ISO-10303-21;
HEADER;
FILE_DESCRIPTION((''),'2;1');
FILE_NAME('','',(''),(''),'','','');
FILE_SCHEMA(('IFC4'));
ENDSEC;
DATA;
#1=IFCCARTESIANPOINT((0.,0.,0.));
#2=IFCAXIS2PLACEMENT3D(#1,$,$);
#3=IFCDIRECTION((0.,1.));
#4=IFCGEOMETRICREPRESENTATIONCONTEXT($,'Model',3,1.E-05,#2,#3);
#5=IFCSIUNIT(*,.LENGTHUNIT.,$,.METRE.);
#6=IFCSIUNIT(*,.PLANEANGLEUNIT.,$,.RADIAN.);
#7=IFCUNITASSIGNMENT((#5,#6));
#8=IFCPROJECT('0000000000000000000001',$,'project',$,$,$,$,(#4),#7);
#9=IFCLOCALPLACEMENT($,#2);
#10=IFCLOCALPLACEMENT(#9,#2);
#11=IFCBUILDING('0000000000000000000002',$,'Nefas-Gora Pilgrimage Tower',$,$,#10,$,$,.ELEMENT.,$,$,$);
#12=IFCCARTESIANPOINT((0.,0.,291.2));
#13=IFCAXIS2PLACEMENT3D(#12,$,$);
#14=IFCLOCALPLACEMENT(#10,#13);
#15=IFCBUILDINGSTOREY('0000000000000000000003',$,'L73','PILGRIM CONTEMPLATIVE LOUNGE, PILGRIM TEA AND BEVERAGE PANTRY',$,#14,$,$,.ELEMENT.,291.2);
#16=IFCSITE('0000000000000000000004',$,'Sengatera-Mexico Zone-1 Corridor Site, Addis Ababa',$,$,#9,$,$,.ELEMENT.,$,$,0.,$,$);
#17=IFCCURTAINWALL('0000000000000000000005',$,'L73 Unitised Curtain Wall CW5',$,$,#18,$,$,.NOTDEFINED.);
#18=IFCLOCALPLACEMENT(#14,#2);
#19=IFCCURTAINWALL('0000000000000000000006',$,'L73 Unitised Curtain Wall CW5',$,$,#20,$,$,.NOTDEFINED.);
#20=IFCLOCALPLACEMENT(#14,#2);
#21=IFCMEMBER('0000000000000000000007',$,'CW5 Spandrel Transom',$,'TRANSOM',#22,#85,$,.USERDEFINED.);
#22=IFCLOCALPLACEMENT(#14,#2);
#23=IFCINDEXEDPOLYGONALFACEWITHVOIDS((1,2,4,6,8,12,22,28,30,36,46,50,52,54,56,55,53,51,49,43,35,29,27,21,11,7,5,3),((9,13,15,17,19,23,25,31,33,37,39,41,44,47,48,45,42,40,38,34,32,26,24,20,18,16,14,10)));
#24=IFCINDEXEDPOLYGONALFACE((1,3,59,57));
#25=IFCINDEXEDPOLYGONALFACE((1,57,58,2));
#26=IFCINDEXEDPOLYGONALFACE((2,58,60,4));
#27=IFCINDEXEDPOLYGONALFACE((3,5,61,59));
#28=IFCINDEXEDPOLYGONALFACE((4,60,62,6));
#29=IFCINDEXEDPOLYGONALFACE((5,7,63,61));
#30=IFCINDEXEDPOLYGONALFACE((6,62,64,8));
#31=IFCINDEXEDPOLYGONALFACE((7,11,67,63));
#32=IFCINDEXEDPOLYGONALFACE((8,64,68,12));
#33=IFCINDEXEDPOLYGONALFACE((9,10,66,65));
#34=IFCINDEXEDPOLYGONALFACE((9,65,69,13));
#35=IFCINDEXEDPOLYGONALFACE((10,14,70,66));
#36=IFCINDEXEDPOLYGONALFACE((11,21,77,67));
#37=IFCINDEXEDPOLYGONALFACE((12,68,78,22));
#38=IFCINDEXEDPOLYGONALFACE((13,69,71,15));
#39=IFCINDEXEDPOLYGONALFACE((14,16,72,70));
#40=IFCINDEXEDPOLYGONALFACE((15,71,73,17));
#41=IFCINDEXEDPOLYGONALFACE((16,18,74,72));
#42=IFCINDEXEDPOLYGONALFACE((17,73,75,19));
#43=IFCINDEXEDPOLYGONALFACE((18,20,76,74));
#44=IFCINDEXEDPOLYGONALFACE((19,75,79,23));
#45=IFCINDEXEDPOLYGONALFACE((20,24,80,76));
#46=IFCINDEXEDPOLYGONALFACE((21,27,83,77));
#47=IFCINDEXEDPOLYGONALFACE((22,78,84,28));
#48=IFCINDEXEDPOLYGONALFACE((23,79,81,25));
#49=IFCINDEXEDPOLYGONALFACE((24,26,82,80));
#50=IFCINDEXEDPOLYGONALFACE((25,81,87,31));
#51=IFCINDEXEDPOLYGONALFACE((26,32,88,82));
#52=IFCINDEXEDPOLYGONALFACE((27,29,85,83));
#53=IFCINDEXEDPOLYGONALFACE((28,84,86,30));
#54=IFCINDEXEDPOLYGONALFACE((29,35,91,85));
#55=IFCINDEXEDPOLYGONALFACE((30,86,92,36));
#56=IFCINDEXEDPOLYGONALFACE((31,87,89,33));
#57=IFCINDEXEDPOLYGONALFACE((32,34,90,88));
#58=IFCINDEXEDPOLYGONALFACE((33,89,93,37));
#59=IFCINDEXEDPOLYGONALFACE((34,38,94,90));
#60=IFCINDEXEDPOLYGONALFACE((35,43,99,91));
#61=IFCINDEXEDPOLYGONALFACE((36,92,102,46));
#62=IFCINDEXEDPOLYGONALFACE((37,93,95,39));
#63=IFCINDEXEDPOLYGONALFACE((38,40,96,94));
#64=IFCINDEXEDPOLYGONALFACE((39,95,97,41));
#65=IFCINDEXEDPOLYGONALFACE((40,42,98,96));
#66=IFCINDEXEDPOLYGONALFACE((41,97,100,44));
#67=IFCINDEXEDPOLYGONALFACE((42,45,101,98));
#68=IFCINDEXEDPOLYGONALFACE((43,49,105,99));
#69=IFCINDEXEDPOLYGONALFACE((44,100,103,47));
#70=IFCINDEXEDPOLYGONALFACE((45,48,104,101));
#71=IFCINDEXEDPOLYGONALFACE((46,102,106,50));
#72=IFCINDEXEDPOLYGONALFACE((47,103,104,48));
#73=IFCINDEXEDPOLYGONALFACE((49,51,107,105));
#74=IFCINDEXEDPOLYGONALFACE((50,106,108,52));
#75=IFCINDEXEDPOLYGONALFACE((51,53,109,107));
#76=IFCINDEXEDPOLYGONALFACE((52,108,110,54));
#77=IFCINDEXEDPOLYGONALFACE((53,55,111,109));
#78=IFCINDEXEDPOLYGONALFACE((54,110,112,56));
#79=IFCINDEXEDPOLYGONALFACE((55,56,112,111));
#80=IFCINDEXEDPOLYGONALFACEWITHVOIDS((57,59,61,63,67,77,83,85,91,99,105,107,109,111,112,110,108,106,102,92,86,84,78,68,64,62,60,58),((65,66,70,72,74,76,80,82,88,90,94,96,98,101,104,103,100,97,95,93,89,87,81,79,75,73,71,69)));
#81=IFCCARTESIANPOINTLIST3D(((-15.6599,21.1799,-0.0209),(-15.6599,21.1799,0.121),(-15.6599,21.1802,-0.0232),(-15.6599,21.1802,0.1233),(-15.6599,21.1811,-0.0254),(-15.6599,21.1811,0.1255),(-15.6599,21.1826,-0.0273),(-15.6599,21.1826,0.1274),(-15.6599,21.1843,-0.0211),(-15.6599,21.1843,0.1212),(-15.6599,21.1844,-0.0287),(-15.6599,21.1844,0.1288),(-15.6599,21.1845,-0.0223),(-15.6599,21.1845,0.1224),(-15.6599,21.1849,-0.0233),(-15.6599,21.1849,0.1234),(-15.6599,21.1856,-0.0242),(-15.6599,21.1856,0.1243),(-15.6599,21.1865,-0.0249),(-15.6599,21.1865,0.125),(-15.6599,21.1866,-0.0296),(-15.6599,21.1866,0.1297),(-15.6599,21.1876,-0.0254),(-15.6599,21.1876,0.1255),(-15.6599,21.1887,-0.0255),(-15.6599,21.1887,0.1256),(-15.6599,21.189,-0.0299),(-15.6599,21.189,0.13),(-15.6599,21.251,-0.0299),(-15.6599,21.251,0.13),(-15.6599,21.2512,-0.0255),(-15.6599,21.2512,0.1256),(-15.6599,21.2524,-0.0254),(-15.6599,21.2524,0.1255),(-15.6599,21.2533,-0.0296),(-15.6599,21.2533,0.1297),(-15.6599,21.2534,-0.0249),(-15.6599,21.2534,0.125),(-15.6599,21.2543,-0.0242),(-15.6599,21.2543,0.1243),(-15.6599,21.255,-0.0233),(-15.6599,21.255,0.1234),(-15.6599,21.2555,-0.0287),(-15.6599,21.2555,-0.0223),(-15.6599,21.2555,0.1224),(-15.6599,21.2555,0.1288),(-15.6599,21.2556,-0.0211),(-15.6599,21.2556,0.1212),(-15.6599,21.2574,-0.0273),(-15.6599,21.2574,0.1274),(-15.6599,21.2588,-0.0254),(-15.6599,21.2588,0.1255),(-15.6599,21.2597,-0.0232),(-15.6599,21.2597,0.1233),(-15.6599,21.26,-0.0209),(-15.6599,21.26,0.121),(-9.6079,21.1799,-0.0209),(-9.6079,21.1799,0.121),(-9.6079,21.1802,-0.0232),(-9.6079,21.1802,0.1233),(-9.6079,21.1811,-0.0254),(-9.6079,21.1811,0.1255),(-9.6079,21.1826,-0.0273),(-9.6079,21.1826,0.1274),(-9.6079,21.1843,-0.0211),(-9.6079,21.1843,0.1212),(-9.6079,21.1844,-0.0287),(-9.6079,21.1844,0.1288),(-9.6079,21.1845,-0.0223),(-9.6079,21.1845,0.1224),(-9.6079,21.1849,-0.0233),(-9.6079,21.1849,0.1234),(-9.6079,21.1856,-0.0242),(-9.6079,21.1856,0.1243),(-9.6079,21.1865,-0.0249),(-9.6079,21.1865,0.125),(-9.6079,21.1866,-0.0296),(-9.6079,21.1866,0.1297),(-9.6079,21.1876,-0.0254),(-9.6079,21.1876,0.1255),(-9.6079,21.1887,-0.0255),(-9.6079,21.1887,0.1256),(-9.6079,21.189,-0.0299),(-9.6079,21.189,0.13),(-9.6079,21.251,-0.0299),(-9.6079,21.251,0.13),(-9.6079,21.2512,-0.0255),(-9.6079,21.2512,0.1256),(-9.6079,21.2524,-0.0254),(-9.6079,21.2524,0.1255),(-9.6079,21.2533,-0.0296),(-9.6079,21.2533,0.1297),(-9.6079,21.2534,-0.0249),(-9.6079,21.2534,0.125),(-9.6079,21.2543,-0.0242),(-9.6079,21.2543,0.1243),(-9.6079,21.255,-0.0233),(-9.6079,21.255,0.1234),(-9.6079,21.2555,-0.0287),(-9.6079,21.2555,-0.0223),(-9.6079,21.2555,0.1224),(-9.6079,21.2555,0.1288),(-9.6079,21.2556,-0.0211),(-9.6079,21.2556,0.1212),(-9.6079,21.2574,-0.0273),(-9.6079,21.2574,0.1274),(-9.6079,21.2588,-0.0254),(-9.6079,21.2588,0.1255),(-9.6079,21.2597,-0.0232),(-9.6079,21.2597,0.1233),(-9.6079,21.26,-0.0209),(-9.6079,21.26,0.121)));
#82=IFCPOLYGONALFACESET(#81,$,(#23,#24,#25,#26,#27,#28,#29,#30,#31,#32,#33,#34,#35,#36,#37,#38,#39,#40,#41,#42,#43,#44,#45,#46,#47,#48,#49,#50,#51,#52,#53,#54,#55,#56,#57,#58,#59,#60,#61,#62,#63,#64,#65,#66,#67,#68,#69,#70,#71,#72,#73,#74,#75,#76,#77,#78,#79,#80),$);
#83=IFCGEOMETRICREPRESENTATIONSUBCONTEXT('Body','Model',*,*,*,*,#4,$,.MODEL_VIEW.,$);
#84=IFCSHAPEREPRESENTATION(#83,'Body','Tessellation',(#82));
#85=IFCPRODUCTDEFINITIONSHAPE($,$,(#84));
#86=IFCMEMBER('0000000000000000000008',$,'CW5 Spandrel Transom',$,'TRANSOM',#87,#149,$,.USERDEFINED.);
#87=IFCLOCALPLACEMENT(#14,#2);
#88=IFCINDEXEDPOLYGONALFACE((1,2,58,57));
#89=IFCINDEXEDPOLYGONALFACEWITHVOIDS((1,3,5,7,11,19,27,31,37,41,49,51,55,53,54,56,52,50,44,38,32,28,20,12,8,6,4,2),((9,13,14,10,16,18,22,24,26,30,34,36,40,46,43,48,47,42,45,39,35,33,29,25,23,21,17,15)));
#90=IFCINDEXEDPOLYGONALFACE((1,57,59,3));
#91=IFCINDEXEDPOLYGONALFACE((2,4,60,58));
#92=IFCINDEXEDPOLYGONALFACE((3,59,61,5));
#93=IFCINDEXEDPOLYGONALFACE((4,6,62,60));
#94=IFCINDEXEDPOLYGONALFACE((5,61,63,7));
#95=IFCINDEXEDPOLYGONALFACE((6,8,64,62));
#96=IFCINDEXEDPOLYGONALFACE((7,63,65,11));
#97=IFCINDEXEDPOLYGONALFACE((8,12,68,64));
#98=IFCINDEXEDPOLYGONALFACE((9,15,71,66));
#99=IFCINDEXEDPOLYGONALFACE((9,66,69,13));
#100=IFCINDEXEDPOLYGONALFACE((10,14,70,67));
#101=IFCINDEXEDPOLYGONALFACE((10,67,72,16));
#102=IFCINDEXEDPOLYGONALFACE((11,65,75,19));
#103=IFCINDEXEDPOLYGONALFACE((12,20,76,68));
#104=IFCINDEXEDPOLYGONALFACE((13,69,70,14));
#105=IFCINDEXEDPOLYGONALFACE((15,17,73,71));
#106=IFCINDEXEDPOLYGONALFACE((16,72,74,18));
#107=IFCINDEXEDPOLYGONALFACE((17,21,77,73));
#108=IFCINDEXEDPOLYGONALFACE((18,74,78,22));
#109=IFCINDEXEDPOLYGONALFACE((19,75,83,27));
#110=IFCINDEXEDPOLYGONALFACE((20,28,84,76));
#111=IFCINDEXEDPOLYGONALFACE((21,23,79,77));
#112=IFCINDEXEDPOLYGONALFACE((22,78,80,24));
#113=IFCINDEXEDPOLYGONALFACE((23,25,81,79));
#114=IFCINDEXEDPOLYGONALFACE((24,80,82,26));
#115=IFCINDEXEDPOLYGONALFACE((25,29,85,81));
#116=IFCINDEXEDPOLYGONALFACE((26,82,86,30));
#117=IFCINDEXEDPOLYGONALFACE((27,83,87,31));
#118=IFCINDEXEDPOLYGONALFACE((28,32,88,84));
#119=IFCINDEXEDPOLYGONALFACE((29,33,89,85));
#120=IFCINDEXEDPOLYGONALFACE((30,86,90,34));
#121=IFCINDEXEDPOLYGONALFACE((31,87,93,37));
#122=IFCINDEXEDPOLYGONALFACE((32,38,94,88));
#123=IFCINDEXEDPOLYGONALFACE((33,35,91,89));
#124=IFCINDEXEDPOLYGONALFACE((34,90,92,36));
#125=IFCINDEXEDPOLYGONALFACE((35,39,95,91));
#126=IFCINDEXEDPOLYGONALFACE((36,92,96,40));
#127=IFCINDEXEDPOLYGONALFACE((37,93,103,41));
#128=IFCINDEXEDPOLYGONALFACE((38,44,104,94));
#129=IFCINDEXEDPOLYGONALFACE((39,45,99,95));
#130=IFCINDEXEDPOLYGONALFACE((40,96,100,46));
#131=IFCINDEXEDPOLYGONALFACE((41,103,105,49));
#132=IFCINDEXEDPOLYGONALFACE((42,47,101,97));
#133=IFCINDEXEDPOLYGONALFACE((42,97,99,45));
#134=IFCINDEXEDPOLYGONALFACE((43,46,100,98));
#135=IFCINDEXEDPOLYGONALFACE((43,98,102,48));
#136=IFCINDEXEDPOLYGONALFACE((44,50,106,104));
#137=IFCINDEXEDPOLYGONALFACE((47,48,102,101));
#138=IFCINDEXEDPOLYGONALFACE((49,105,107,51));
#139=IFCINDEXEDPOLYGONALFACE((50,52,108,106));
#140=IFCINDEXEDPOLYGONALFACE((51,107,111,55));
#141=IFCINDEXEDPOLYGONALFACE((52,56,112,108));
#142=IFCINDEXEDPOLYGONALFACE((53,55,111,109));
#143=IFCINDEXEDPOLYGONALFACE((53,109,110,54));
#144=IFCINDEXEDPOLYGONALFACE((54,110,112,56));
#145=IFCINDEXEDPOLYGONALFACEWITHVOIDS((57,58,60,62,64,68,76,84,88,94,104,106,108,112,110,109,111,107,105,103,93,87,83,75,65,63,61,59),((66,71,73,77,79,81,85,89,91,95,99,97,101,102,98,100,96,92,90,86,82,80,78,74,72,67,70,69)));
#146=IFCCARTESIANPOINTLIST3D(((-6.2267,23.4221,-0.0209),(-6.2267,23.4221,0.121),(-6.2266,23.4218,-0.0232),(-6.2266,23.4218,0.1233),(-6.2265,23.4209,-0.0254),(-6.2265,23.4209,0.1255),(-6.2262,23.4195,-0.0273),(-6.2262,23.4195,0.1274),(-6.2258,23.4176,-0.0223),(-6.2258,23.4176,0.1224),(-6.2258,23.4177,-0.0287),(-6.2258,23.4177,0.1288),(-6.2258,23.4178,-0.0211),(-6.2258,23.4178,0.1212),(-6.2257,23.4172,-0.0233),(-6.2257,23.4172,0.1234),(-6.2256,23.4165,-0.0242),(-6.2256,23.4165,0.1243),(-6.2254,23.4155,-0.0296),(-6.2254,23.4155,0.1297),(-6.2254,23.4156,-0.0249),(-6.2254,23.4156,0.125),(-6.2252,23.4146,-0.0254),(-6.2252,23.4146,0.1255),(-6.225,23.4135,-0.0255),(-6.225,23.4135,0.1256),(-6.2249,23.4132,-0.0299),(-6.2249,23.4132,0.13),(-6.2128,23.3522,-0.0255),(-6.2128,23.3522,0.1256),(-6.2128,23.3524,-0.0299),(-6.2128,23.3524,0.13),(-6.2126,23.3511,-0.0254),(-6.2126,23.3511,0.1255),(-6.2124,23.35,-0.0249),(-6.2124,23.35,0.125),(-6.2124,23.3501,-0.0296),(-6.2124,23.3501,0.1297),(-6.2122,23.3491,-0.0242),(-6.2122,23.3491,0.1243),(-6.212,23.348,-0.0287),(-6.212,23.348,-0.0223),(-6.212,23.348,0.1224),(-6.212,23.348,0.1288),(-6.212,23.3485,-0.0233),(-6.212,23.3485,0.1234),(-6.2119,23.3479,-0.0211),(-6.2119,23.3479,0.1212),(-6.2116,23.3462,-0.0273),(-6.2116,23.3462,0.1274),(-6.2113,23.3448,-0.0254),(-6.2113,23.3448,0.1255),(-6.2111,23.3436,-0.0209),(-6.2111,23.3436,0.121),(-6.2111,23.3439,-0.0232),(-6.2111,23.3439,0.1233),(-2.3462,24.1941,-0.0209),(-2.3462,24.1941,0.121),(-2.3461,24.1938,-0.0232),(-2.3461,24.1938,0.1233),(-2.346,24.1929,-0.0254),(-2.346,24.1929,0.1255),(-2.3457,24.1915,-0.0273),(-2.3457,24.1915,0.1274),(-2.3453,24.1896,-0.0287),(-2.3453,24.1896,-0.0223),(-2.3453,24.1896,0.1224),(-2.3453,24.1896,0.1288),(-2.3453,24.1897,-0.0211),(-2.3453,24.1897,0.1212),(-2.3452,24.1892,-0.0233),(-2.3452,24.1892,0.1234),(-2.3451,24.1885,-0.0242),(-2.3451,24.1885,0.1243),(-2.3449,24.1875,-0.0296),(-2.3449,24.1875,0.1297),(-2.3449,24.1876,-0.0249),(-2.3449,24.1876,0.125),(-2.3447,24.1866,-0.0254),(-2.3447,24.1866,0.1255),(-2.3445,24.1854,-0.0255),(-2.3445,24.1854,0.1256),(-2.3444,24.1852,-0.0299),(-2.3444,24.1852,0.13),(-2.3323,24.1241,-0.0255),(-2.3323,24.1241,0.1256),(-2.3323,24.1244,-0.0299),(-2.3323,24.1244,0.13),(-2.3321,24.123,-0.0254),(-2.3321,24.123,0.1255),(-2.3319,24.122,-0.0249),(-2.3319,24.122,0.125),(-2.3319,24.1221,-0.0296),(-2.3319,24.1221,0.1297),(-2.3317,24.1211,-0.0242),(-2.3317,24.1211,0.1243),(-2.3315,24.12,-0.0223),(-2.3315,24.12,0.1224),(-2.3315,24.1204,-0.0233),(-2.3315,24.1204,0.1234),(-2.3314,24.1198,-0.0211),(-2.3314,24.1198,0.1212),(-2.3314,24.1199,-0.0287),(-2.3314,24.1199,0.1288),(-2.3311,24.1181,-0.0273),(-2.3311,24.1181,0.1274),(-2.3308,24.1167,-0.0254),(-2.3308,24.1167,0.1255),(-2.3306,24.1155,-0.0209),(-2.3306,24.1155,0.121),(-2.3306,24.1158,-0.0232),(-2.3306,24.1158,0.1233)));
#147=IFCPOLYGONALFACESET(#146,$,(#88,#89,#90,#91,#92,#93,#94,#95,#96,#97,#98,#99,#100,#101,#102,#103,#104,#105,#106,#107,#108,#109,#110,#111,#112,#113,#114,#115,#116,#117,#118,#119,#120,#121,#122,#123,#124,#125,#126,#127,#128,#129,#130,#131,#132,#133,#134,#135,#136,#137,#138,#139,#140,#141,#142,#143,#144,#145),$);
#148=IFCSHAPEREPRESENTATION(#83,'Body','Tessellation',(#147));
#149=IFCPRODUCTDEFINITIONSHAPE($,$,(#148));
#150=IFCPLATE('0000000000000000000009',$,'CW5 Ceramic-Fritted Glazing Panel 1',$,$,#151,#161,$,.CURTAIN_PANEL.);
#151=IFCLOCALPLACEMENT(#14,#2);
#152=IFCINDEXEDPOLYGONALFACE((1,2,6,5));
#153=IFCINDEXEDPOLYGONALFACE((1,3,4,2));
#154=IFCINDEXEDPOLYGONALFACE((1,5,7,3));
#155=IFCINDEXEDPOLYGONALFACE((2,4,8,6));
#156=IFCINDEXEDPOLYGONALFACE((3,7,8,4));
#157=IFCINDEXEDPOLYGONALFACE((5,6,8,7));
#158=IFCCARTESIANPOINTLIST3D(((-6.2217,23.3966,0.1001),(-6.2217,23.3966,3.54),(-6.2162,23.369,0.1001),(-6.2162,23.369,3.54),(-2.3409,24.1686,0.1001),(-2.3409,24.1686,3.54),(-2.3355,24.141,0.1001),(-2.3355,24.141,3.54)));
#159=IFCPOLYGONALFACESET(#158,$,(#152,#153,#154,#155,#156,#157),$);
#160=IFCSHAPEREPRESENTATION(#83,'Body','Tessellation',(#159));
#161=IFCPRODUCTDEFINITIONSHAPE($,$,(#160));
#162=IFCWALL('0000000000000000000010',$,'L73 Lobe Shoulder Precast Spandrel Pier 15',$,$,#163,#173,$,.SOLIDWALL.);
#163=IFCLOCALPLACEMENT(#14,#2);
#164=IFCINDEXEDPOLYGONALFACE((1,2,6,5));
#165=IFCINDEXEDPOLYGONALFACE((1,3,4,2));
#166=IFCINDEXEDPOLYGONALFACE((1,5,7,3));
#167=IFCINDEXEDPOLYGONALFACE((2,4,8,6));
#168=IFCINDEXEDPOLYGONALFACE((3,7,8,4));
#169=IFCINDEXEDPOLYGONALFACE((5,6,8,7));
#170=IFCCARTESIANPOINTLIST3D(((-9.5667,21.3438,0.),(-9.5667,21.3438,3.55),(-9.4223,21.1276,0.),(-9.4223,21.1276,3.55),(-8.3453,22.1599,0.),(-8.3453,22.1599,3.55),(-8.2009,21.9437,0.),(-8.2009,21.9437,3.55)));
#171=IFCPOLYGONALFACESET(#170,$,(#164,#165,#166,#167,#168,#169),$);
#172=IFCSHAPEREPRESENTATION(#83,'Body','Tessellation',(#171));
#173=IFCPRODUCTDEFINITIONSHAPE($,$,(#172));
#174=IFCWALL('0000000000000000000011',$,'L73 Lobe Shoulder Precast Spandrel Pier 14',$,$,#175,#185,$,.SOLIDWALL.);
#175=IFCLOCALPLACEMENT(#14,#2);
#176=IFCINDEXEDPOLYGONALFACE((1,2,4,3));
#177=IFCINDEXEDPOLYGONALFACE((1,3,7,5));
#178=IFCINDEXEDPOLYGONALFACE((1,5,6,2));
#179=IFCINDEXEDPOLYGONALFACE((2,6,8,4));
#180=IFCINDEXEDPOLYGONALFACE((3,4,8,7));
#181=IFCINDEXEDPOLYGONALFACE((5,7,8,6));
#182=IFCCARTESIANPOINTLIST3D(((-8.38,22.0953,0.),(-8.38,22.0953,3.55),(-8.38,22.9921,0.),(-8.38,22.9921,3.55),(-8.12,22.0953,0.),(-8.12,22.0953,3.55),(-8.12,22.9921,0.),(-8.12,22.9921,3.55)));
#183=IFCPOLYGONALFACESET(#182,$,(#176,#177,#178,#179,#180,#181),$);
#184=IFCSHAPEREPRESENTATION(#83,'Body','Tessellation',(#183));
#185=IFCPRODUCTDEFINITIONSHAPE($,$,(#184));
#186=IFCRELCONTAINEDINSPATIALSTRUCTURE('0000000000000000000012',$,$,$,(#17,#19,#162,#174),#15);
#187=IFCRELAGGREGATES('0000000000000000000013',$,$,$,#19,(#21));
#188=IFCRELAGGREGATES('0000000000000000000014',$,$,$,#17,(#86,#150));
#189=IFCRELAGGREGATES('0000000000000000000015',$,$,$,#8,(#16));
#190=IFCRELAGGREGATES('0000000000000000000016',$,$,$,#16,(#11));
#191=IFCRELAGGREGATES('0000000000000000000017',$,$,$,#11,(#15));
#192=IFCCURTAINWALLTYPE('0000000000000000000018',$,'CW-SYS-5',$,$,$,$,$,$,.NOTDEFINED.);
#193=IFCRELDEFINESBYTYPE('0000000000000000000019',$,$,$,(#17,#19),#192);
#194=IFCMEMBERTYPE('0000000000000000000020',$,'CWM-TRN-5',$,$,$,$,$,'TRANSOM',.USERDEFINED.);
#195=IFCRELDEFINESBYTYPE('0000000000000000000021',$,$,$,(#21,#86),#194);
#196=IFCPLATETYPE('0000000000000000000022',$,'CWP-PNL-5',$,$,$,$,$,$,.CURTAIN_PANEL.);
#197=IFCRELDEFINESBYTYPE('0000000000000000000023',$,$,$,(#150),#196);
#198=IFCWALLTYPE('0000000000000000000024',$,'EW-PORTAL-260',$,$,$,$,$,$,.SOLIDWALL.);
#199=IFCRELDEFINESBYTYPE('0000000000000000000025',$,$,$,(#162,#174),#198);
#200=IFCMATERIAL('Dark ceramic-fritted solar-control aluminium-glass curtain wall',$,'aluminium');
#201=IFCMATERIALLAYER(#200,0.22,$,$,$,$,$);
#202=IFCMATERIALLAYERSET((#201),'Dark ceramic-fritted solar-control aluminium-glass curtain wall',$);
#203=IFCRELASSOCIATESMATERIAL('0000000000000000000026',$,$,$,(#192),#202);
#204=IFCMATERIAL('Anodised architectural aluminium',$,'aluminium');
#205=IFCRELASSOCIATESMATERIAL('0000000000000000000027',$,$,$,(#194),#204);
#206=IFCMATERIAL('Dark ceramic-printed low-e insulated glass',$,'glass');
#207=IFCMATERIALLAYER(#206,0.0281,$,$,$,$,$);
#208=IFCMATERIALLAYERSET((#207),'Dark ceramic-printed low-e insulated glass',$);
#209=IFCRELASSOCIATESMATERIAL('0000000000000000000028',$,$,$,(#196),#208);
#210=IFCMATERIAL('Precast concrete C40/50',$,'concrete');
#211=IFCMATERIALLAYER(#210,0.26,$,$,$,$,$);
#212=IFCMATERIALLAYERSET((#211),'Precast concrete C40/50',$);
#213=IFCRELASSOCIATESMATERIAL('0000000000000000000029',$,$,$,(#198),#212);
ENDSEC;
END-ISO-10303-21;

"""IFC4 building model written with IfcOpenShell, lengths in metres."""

from ifc_helpers import new_model, si_unit, direction, frame, frame_2d, origin, origin_2d, place, context, subcontext, project, spatial, rectangle, hollow_rectangle, extrude, source, transform, mapped, material, layer, layer_set, material_profile, profile_set, type_object, element, aggregate, save


model = new_model("IFC4")

# Units and contexts
model_context = context("Model", 3, precision=1e-05, world=origin(), true_north=direction((0.0, 1.0)))
body_context = subcontext(model_context, "Body", "Model", "MODEL_VIEW")
ifc_project = project(units=[si_unit("LENGTHUNIT", "METRE"), si_unit("PLANEANGLEUNIT", "RADIAN")], contexts=[model_context])

# Site, building, storey
site_placement = place(None, origin())
site = spatial("IfcSite", under=ifc_project, at=site_placement, Name="Sengatera-Mexico Zone-1 Corridor Site, Addis Ababa", CompositionType="ELEMENT", RefElevation=0.0)
building_placement = place(site_placement, origin())
building = spatial("IfcBuilding", under=site, at=building_placement, Name="Nefas-Gora Pilgrimage Tower", CompositionType="ELEMENT")
storey_placement = place(building_placement, frame((0.0, 0.0, 291.2)))
storey = spatial("IfcBuildingStorey", under=building, at=storey_placement, Name="L73", Description="PILGRIM CONTEMPLATIVE LOUNGE, PILGRIM TEA AND BEVERAGE PANTRY", CompositionType="ELEMENT", Elevation=291.2)

# Curtain wall
ifc_material_1 = material(Name="Dark ceramic-fritted solar-control aluminium-glass curtain wall", Category="aluminium")
ifc_layer_1 = layer(ifc_material_1, 0.22)
ifc_layer_set_1 = layer_set([ifc_layer_1], Name="Dark ceramic-fritted solar-control aluminium-glass curtain wall")
curtain_wall_type = type_object("IfcCurtainWallType", Name="CW-SYS-5", PredefinedType="NOTDEFINED", material=ifc_layer_set_1)
curtain_wall_1_placement = place(storey_placement, origin())
curtain_wall_1 = element("IfcCurtainWall", 1, at=curtain_wall_1_placement, inside=storey, type_object=curtain_wall_type, Name="L73 Unitised Curtain Wall CW5", PredefinedType="NOTDEFINED")
ifc_material_2 = material(Name="Anodised architectural aluminium", Category="aluminium")

# Curtain wall, member
curtain_wall_2_placement = place(storey_placement, origin())
curtain_wall_2 = element("IfcCurtainWall", 2, at=curtain_wall_2_placement, inside=storey, type_object=curtain_wall_type, Name="L73 Unitised Curtain Wall CW5", PredefinedType="NOTDEFINED")
ifc_material_profile_1 = material_profile(ifc_material_2, hollow_rectangle(XDim=0.0801, YDim=0.1599, WallThickness=0.0044, InnerFilletRadius=0.0044, OuterFilletRadius=0.009, at=origin_2d()), Name="ALU TRANSOM 80x160")
ifc_profile_set_1 = profile_set([ifc_material_profile_1], Name="Anodised architectural aluminium")
member_type_1 = type_object("IfcMemberType", Name="CWM-TRN-5", ElementType="TRANSOM", PredefinedType="USERDEFINED", material=ifc_profile_set_1)
shared_shape_1 = source(origin(), body_context, "Body", "SweptSolid", [
    extrude(hollow_rectangle(XDim=0.0801, YDim=0.1599, WallThickness=0.0044, InnerFilletRadius=0.0044, OuterFilletRadius=0.009, at=origin_2d()), origin(), (0.0, 0.0, 1.0), 6.052),
])
member_1_placement = place(storey_placement, frame((-9.6079, 21.22, 0.05), z_axis=(-1.0, 0.0, 0.0), x_axis=(0.0, -1.0, 0.0)))
member_1 = element("IfcMember", 3, at=member_1_placement, type_object=member_type_1, Name="CW5 Spandrel Transom", ObjectType="TRANSOM", PredefinedType="USERDEFINED", context=body_context, shape_type="MappedRepresentation", body=[
    mapped(shared_shape_1, transform((0.0, 0.0, 0.0), x_axis=(1.0, 0.0, 0.0), y_axis=(0.0, 1.0, 0.0), z_axis=(0.0, 0.0, 1.0), scale=1.0)),
])
aggregate(curtain_wall_2, [member_1])

# Member
shared_shape_2 = source(origin(), body_context, "Body", "SweptSolid", [
    extrude(hollow_rectangle(XDim=0.0801, YDim=0.1599, WallThickness=0.0044, InnerFilletRadius=0.0044, OuterFilletRadius=0.009, at=origin_2d()), origin(), (0.0, 0.0, 1.0), 3.9565),
])
member_2_placement = place(storey_placement, frame((-2.3384, 24.1548, 0.05), z_axis=(-0.980782, -0.195107, 0.0), x_axis=(0.195107, -0.980782, 0.0)))
member_2 = element("IfcMember", 4, at=member_2_placement, type_object=member_type_1, Name="CW5 Spandrel Transom", ObjectType="TRANSOM", PredefinedType="USERDEFINED", context=body_context, shape_type="MappedRepresentation", body=[
    mapped(shared_shape_2, transform((0.0, 0.0, 0.0), x_axis=(1.0, 0.0, 0.0), y_axis=(0.0, 1.0, 0.0), z_axis=(0.0, 0.0, 1.0), scale=1.0)),
])

# Plate
ifc_material_3 = material(Name="Dark ceramic-printed low-e insulated glass", Category="glass")
ifc_layer_2 = layer(ifc_material_3, 0.0281)
ifc_layer_set_2 = layer_set([ifc_layer_2], Name="Dark ceramic-printed low-e insulated glass")
plate_type = type_object("IfcPlateType", Name="CWP-PNL-5", PredefinedType="CURTAIN_PANEL", material=ifc_layer_set_2)
shared_shape_3 = source(origin(), body_context, "Body", "SweptSolid", [
    extrude(rectangle(XDim=3.9568, YDim=0.0281, at=origin_2d()), origin(), (0.0, 0.0, 1.0), 3.4399),
])
plate_placement = place(storey_placement, frame((-4.2786, 23.7688, 0.1001), z_axis=(0.0, 0.0, 1.0), x_axis=(-0.980783, -0.195102, 0.0)))
plate = element("IfcPlate", 5, at=plate_placement, type_object=plate_type, Name="CW5 Ceramic-Fritted Glazing Panel 1", PredefinedType="CURTAIN_PANEL", context=body_context, shape_type="MappedRepresentation", body=[
    mapped(shared_shape_3, transform((0.0, 0.0, 0.0), x_axis=(1.0, 0.0, 0.0), y_axis=(0.0, 1.0, 0.0), z_axis=(0.0, 0.0, 1.0), scale=1.0)),
])
aggregate(curtain_wall_1, [member_2, plate])

# Walls
ifc_material_4 = material(Name="Precast concrete C40/50", Category="concrete")
ifc_layer_3 = layer(ifc_material_4, 0.26)
ifc_layer_set_3 = layer_set([ifc_layer_3], Name="Precast concrete C40/50")
wall_type_1 = type_object("IfcWallType", Name="EW-PORTAL-260", PredefinedType="SOLIDWALL", material=ifc_layer_set_3)
shared_shape_4 = source(origin(), body_context, "Body", "SweptSolid", [
    extrude(rectangle(XDim=1.469, YDim=0.26, at=frame_2d((0.7344, 0.0))), origin(), (0.0, 0.0, 1.0), 3.55),
])
wall_1_placement = place(storey_placement, frame((-8.2732, 22.0518, 0.0), z_axis=(0.0, 0.0, 1.0), x_axis=(-0.831462, -0.555582, 0.0)))
element("IfcWall", 6, at=wall_1_placement, inside=storey, type_object=wall_type_1, Name="L73 Lobe Shoulder Precast Spandrel Pier 15", PredefinedType="SOLIDWALL", context=body_context, shape_type="MappedRepresentation", body=[
    mapped(shared_shape_4, transform((0.0, 0.0, 0.0), x_axis=(1.0, 0.0, 0.0), y_axis=(0.0, 1.0, 0.0), z_axis=(0.0, 0.0, 1.0), scale=1.0)),
])
shared_shape_5 = source(origin(), body_context, "Body", "SweptSolid", [
    extrude(rectangle(XDim=0.8967, YDim=0.26, at=frame_2d((0.4482, 0.0))), origin(), (0.0, 0.0, 1.0), 3.55),
])
wall_2_placement = place(storey_placement, frame((-8.25, 22.9919, 0.0), z_axis=(0.0, 0.0, 1.0), x_axis=(0.0, -1.0, 0.0)))
element("IfcWall", 7, at=wall_2_placement, inside=storey, type_object=wall_type_1, Name="L73 Lobe Shoulder Precast Spandrel Pier 14", PredefinedType="SOLIDWALL", context=body_context, shape_type="MappedRepresentation", body=[
    mapped(shared_shape_5, transform((0.0, 0.0, 0.0), x_axis=(1.0, 0.0, 0.0), y_axis=(0.0, 1.0, 0.0), z_axis=(0.0, 0.0, 1.0), scale=1.0)),
])

save(model, "model.ifc")
